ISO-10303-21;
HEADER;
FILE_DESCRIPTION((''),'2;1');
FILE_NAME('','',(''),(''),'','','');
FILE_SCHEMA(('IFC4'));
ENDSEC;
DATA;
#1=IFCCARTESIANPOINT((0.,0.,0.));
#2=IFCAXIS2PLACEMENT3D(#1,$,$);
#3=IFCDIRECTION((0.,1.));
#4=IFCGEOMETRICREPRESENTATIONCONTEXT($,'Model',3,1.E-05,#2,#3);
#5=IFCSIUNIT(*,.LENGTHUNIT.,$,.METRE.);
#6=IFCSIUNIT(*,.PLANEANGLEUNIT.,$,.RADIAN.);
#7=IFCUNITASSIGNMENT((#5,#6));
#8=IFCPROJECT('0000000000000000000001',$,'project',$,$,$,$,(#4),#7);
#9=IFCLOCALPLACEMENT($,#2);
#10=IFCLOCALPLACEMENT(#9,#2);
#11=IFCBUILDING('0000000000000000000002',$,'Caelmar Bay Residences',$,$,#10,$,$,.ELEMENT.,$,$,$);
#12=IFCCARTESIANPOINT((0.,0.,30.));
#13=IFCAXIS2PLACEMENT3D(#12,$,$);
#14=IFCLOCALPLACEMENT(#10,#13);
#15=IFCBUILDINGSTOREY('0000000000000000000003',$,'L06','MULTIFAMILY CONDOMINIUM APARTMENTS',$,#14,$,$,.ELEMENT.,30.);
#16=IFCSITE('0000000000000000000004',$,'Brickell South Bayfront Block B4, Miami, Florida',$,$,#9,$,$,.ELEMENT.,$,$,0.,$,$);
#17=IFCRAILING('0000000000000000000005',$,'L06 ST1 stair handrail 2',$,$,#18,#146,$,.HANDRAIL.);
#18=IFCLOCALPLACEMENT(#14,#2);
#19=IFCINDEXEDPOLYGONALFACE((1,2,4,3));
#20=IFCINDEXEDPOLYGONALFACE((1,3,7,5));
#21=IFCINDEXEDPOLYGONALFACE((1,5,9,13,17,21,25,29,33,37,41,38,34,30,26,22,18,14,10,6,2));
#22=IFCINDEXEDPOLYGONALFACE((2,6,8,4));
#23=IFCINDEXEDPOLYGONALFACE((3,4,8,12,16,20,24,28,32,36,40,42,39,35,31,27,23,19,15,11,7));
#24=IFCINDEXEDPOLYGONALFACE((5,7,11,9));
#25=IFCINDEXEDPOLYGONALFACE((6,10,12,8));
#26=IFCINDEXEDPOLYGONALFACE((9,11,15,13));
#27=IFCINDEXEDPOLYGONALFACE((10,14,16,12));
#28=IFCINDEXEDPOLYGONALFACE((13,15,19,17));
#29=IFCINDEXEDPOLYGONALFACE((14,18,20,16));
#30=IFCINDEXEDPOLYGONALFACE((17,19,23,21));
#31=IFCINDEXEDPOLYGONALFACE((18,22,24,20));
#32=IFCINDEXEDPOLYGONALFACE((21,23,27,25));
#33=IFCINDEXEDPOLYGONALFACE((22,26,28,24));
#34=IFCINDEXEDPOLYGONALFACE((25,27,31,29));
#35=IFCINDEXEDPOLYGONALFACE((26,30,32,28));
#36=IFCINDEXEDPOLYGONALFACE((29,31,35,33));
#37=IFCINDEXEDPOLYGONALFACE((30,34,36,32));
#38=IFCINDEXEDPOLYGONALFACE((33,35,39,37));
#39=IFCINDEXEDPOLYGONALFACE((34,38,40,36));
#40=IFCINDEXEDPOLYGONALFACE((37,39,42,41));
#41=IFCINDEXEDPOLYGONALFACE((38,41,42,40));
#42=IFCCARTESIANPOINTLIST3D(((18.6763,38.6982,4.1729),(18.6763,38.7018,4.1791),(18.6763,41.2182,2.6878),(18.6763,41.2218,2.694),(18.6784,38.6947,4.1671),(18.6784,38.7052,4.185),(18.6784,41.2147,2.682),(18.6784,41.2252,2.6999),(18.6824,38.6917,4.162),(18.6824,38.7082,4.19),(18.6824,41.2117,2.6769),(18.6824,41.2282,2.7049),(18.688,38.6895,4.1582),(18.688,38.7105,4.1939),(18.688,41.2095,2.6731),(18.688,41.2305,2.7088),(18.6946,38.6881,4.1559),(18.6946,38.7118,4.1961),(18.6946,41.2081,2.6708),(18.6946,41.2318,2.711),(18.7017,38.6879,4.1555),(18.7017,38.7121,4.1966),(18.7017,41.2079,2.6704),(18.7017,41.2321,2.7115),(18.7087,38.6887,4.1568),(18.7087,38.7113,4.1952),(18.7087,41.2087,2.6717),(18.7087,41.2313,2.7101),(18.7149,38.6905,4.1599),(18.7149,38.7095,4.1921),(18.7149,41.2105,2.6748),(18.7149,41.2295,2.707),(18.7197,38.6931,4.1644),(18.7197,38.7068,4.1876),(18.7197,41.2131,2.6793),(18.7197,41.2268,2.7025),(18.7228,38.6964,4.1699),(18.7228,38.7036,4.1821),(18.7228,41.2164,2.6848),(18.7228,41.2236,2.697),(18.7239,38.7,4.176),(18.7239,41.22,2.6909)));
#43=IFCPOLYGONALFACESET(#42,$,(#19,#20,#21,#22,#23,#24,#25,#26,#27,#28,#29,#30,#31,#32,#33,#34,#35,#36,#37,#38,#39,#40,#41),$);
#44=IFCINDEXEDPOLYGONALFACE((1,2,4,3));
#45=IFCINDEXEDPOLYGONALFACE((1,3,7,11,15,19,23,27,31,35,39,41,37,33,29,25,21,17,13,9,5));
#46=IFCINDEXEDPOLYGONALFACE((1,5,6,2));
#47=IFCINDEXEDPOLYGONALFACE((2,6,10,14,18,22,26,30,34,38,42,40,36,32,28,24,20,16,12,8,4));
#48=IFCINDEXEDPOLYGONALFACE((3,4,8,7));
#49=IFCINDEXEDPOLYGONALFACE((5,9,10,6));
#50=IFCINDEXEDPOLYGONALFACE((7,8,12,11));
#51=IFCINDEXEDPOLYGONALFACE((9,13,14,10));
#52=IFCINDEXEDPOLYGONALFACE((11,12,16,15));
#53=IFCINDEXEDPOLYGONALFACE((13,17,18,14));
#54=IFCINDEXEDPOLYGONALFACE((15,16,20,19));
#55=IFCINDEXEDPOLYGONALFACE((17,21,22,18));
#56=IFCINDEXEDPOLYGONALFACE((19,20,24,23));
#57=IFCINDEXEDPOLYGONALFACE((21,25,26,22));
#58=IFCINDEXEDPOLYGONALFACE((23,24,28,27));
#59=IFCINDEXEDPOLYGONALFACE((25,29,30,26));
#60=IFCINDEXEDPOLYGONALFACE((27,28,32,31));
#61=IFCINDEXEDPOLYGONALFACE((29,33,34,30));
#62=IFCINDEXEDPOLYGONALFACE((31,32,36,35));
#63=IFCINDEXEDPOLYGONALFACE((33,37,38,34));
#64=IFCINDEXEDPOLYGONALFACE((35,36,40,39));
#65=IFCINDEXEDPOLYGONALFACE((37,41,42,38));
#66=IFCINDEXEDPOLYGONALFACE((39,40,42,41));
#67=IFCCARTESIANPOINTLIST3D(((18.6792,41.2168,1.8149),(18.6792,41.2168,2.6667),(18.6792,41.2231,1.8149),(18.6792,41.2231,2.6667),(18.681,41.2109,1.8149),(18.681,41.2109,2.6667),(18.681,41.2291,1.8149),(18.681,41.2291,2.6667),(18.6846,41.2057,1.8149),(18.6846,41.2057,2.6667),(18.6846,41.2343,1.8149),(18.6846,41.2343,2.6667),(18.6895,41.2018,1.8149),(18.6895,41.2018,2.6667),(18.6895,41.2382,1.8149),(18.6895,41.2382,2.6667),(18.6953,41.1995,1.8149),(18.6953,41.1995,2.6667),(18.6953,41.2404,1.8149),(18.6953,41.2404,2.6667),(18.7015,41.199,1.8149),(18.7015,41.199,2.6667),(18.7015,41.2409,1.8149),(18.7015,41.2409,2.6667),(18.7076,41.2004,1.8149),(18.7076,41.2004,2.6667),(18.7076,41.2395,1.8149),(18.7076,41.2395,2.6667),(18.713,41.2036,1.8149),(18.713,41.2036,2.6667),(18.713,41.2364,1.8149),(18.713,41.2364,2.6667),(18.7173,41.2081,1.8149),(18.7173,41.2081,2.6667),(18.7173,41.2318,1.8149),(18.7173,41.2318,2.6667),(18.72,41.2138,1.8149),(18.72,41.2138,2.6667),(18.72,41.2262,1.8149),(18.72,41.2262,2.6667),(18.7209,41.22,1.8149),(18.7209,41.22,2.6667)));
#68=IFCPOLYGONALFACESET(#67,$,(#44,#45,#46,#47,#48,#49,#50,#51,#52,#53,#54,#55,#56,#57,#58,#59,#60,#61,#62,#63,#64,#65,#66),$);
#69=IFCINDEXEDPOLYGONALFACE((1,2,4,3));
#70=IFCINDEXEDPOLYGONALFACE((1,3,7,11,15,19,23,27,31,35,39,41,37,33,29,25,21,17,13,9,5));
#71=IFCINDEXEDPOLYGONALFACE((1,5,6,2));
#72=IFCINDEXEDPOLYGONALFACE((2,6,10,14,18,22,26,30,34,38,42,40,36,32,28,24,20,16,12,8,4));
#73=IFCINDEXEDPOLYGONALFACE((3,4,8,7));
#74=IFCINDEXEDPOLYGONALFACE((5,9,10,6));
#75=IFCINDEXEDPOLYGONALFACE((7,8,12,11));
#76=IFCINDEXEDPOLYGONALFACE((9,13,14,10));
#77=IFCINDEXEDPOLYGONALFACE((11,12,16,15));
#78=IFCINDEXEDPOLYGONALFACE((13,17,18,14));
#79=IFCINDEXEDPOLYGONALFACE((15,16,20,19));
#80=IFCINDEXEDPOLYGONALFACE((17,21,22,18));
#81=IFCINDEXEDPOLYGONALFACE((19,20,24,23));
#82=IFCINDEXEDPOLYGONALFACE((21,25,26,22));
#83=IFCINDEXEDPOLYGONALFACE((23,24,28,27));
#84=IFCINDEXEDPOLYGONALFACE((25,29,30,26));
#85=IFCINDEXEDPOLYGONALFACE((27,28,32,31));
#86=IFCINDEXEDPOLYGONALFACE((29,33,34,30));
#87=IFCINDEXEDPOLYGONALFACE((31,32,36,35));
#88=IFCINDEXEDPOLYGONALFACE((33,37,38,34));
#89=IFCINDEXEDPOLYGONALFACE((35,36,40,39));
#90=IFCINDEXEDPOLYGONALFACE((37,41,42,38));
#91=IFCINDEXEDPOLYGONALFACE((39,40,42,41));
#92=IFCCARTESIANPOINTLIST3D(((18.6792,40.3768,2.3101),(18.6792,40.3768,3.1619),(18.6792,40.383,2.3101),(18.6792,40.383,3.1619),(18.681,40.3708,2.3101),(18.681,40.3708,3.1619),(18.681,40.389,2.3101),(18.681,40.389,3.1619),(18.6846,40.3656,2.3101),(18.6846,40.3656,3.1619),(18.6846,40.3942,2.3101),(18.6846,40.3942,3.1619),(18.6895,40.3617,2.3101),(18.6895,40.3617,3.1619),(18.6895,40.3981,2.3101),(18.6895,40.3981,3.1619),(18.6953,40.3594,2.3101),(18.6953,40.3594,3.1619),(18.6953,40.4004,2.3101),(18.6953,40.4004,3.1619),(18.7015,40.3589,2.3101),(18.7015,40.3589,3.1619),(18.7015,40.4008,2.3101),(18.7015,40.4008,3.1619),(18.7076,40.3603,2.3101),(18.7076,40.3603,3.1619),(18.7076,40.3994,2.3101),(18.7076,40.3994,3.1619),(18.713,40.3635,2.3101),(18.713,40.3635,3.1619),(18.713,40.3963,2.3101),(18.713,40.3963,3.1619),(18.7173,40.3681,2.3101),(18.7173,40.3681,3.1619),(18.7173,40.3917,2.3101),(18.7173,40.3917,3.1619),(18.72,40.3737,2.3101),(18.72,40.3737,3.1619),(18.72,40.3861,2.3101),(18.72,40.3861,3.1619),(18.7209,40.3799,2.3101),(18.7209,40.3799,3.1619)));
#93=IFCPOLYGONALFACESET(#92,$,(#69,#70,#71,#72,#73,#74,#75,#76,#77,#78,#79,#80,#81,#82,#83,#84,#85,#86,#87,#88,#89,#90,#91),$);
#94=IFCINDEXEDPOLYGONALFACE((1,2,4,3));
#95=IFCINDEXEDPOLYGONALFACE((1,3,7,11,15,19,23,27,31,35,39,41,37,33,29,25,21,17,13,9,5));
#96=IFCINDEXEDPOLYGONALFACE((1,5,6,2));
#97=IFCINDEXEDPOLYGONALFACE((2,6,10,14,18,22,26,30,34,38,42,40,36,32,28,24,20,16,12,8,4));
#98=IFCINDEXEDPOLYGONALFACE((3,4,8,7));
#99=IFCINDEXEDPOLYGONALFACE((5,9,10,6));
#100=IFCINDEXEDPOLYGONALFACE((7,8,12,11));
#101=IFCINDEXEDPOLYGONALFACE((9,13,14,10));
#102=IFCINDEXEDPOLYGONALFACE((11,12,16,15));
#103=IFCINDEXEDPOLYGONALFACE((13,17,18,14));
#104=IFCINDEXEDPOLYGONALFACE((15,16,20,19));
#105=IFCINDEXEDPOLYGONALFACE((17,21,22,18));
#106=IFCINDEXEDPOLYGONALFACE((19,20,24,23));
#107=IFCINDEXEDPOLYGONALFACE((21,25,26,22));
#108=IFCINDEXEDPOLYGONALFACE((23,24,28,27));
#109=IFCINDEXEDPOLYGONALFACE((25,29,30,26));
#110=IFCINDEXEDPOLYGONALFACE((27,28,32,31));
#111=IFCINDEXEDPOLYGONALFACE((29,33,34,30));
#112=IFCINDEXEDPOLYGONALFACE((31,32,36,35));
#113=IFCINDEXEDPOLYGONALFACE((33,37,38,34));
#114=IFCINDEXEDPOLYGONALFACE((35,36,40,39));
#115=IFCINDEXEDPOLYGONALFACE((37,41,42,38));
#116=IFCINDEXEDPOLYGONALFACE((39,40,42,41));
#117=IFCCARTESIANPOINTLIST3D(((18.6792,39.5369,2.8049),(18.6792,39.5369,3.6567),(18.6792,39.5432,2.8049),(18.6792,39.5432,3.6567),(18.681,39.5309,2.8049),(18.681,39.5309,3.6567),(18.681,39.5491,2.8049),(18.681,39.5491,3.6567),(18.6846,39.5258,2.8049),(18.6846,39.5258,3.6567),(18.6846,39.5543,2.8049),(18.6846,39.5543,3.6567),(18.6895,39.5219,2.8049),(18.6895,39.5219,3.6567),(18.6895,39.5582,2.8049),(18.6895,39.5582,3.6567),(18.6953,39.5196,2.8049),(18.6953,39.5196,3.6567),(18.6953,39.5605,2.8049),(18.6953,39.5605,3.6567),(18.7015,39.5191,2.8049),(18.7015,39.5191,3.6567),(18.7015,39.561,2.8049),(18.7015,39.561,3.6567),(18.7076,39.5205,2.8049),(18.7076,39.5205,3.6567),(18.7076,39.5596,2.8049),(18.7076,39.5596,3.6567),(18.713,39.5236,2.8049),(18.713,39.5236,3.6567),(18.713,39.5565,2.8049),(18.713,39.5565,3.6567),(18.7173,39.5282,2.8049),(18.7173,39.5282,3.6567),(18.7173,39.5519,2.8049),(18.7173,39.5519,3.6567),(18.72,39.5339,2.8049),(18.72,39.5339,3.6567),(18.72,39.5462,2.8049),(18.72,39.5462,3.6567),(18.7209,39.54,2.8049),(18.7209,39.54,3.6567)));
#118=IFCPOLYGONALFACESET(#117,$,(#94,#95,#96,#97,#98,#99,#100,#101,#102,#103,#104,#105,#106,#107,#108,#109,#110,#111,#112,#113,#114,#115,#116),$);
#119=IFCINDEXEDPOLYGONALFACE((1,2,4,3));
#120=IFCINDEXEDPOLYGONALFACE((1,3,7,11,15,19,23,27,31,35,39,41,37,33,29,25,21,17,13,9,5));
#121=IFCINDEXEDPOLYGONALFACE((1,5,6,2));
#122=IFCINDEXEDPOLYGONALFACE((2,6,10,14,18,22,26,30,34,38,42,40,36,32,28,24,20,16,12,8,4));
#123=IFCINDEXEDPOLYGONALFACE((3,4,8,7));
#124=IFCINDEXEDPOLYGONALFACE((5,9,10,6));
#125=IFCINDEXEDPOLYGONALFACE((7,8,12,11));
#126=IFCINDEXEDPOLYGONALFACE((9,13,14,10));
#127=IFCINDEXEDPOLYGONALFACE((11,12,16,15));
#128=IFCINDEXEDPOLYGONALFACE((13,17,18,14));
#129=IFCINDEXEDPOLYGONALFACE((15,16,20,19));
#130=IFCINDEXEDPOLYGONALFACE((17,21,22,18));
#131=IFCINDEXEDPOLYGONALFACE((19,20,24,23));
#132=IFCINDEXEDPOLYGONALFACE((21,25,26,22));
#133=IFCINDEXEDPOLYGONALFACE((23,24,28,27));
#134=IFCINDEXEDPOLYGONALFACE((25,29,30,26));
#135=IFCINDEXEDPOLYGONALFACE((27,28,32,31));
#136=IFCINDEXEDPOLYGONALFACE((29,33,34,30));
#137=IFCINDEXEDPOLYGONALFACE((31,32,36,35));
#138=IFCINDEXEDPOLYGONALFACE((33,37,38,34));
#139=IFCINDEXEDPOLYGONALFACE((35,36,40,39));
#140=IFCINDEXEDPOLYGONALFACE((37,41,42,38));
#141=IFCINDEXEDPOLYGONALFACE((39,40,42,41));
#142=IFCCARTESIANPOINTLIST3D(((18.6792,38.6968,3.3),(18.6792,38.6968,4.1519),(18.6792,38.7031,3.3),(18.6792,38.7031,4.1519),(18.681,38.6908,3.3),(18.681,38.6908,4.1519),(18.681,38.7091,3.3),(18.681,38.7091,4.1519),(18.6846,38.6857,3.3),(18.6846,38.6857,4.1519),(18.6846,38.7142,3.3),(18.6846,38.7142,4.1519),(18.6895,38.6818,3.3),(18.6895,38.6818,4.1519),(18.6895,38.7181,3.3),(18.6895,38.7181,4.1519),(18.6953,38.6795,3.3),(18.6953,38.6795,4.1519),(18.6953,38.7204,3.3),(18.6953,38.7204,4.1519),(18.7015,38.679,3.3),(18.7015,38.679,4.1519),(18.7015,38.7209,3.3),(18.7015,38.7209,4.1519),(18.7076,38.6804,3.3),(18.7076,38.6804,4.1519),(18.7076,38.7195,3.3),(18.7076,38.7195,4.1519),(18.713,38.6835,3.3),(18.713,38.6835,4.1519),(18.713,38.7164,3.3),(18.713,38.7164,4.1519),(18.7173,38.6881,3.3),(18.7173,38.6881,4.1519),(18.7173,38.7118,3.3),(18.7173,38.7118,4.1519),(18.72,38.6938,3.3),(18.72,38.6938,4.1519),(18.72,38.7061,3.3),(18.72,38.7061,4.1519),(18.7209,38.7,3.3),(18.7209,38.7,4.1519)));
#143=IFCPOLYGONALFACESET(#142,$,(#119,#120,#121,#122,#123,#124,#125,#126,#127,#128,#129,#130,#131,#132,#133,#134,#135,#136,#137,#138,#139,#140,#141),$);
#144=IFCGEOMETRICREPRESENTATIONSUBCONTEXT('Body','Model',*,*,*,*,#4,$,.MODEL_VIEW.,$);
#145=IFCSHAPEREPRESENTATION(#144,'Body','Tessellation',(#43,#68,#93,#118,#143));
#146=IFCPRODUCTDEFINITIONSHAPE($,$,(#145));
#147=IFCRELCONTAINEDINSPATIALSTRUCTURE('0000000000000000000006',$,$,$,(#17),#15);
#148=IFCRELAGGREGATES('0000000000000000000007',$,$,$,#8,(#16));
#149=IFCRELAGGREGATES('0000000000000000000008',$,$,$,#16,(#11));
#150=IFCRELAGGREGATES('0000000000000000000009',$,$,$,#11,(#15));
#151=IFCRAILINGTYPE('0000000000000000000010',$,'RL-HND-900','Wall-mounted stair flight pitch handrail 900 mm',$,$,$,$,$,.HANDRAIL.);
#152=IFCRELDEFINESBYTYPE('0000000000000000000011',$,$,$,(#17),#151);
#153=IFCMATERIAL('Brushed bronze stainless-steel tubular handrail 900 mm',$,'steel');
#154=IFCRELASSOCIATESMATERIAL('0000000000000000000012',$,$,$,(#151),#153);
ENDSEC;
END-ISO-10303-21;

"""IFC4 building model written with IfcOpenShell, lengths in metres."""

from ifc_helpers import new_model, si_unit, direction, frame, origin, origin_2d, place, context, subcontext, project, spatial, circle, extrude, material, type_object, element, save


model = new_model("IFC4")

# Units and contexts
model_context = context("Model", 3, precision=1e-05, world=origin(), true_north=direction((0.0, 1.0)))
body_context = subcontext(model_context, "Body", "Model", "MODEL_VIEW")
ifc_project = project(units=[si_unit("LENGTHUNIT", "METRE"), si_unit("PLANEANGLEUNIT", "RADIAN")], contexts=[model_context])

# Site, building, storey
site_placement = place(None, origin())
site = spatial("IfcSite", under=ifc_project, at=site_placement, Name="Brickell South Bayfront Block B4, Miami, Florida", CompositionType="ELEMENT", RefElevation=0.0)
building_placement = place(site_placement, origin())
building = spatial("IfcBuilding", under=site, at=building_placement, Name="Caelmar Bay Residences", CompositionType="ELEMENT")
storey_placement = place(building_placement, frame((0.0, 0.0, 30.0)))
storey = spatial("IfcBuildingStorey", under=building, at=storey_placement, Name="L06", Description="MULTIFAMILY CONDOMINIUM APARTMENTS", CompositionType="ELEMENT", Elevation=30.0)

# Railing
ifc_material_1 = material(Name="Brushed bronze stainless-steel tubular handrail 900 mm", Category="steel")
railing_type_1 = type_object("IfcRailingType", Name="RL-HND-900", Description="Wall-mounted stair flight pitch handrail 900 mm", PredefinedType="HANDRAIL", material=ifc_material_1)
railing_1_placement = place(storey_placement, frame((18.7, 41.22, 1.8149)))
element("IfcRailing", 1, at=railing_1_placement, inside=storey, type_object=railing_type_1, Name="L06 ST1 stair handrail 2", PredefinedType="HANDRAIL", context=body_context, shape_type="SweptSolid", body=[
    extrude(circle(Radius=0.0239, at=origin_2d()), frame((0.0, 0.0, 0.876), z_axis=(0.0, -0.861524, 0.507717), x_axis=(1.0, 0.0, 0.0)), (0.0, 0.0, 1.0), 2.925),
    extrude(circle(Radius=0.021, at=origin_2d()), origin(), (0.0, 0.0, 1.0), 0.8518),
    extrude(circle(Radius=0.021, at=origin_2d()), frame((0.0, -0.8401, 0.4951)), (0.0, 0.0, 1.0), 0.8518),
    extrude(circle(Radius=0.021, at=origin_2d()), frame((0.0, -1.6799, 0.99)), (0.0, 0.0, 1.0), 0.8518),
    extrude(circle(Radius=0.021, at=origin_2d()), frame((0.0, -2.52, 1.4851)), (0.0, 0.0, 1.0), 0.8518),
])

save(model, "model.ifc")
